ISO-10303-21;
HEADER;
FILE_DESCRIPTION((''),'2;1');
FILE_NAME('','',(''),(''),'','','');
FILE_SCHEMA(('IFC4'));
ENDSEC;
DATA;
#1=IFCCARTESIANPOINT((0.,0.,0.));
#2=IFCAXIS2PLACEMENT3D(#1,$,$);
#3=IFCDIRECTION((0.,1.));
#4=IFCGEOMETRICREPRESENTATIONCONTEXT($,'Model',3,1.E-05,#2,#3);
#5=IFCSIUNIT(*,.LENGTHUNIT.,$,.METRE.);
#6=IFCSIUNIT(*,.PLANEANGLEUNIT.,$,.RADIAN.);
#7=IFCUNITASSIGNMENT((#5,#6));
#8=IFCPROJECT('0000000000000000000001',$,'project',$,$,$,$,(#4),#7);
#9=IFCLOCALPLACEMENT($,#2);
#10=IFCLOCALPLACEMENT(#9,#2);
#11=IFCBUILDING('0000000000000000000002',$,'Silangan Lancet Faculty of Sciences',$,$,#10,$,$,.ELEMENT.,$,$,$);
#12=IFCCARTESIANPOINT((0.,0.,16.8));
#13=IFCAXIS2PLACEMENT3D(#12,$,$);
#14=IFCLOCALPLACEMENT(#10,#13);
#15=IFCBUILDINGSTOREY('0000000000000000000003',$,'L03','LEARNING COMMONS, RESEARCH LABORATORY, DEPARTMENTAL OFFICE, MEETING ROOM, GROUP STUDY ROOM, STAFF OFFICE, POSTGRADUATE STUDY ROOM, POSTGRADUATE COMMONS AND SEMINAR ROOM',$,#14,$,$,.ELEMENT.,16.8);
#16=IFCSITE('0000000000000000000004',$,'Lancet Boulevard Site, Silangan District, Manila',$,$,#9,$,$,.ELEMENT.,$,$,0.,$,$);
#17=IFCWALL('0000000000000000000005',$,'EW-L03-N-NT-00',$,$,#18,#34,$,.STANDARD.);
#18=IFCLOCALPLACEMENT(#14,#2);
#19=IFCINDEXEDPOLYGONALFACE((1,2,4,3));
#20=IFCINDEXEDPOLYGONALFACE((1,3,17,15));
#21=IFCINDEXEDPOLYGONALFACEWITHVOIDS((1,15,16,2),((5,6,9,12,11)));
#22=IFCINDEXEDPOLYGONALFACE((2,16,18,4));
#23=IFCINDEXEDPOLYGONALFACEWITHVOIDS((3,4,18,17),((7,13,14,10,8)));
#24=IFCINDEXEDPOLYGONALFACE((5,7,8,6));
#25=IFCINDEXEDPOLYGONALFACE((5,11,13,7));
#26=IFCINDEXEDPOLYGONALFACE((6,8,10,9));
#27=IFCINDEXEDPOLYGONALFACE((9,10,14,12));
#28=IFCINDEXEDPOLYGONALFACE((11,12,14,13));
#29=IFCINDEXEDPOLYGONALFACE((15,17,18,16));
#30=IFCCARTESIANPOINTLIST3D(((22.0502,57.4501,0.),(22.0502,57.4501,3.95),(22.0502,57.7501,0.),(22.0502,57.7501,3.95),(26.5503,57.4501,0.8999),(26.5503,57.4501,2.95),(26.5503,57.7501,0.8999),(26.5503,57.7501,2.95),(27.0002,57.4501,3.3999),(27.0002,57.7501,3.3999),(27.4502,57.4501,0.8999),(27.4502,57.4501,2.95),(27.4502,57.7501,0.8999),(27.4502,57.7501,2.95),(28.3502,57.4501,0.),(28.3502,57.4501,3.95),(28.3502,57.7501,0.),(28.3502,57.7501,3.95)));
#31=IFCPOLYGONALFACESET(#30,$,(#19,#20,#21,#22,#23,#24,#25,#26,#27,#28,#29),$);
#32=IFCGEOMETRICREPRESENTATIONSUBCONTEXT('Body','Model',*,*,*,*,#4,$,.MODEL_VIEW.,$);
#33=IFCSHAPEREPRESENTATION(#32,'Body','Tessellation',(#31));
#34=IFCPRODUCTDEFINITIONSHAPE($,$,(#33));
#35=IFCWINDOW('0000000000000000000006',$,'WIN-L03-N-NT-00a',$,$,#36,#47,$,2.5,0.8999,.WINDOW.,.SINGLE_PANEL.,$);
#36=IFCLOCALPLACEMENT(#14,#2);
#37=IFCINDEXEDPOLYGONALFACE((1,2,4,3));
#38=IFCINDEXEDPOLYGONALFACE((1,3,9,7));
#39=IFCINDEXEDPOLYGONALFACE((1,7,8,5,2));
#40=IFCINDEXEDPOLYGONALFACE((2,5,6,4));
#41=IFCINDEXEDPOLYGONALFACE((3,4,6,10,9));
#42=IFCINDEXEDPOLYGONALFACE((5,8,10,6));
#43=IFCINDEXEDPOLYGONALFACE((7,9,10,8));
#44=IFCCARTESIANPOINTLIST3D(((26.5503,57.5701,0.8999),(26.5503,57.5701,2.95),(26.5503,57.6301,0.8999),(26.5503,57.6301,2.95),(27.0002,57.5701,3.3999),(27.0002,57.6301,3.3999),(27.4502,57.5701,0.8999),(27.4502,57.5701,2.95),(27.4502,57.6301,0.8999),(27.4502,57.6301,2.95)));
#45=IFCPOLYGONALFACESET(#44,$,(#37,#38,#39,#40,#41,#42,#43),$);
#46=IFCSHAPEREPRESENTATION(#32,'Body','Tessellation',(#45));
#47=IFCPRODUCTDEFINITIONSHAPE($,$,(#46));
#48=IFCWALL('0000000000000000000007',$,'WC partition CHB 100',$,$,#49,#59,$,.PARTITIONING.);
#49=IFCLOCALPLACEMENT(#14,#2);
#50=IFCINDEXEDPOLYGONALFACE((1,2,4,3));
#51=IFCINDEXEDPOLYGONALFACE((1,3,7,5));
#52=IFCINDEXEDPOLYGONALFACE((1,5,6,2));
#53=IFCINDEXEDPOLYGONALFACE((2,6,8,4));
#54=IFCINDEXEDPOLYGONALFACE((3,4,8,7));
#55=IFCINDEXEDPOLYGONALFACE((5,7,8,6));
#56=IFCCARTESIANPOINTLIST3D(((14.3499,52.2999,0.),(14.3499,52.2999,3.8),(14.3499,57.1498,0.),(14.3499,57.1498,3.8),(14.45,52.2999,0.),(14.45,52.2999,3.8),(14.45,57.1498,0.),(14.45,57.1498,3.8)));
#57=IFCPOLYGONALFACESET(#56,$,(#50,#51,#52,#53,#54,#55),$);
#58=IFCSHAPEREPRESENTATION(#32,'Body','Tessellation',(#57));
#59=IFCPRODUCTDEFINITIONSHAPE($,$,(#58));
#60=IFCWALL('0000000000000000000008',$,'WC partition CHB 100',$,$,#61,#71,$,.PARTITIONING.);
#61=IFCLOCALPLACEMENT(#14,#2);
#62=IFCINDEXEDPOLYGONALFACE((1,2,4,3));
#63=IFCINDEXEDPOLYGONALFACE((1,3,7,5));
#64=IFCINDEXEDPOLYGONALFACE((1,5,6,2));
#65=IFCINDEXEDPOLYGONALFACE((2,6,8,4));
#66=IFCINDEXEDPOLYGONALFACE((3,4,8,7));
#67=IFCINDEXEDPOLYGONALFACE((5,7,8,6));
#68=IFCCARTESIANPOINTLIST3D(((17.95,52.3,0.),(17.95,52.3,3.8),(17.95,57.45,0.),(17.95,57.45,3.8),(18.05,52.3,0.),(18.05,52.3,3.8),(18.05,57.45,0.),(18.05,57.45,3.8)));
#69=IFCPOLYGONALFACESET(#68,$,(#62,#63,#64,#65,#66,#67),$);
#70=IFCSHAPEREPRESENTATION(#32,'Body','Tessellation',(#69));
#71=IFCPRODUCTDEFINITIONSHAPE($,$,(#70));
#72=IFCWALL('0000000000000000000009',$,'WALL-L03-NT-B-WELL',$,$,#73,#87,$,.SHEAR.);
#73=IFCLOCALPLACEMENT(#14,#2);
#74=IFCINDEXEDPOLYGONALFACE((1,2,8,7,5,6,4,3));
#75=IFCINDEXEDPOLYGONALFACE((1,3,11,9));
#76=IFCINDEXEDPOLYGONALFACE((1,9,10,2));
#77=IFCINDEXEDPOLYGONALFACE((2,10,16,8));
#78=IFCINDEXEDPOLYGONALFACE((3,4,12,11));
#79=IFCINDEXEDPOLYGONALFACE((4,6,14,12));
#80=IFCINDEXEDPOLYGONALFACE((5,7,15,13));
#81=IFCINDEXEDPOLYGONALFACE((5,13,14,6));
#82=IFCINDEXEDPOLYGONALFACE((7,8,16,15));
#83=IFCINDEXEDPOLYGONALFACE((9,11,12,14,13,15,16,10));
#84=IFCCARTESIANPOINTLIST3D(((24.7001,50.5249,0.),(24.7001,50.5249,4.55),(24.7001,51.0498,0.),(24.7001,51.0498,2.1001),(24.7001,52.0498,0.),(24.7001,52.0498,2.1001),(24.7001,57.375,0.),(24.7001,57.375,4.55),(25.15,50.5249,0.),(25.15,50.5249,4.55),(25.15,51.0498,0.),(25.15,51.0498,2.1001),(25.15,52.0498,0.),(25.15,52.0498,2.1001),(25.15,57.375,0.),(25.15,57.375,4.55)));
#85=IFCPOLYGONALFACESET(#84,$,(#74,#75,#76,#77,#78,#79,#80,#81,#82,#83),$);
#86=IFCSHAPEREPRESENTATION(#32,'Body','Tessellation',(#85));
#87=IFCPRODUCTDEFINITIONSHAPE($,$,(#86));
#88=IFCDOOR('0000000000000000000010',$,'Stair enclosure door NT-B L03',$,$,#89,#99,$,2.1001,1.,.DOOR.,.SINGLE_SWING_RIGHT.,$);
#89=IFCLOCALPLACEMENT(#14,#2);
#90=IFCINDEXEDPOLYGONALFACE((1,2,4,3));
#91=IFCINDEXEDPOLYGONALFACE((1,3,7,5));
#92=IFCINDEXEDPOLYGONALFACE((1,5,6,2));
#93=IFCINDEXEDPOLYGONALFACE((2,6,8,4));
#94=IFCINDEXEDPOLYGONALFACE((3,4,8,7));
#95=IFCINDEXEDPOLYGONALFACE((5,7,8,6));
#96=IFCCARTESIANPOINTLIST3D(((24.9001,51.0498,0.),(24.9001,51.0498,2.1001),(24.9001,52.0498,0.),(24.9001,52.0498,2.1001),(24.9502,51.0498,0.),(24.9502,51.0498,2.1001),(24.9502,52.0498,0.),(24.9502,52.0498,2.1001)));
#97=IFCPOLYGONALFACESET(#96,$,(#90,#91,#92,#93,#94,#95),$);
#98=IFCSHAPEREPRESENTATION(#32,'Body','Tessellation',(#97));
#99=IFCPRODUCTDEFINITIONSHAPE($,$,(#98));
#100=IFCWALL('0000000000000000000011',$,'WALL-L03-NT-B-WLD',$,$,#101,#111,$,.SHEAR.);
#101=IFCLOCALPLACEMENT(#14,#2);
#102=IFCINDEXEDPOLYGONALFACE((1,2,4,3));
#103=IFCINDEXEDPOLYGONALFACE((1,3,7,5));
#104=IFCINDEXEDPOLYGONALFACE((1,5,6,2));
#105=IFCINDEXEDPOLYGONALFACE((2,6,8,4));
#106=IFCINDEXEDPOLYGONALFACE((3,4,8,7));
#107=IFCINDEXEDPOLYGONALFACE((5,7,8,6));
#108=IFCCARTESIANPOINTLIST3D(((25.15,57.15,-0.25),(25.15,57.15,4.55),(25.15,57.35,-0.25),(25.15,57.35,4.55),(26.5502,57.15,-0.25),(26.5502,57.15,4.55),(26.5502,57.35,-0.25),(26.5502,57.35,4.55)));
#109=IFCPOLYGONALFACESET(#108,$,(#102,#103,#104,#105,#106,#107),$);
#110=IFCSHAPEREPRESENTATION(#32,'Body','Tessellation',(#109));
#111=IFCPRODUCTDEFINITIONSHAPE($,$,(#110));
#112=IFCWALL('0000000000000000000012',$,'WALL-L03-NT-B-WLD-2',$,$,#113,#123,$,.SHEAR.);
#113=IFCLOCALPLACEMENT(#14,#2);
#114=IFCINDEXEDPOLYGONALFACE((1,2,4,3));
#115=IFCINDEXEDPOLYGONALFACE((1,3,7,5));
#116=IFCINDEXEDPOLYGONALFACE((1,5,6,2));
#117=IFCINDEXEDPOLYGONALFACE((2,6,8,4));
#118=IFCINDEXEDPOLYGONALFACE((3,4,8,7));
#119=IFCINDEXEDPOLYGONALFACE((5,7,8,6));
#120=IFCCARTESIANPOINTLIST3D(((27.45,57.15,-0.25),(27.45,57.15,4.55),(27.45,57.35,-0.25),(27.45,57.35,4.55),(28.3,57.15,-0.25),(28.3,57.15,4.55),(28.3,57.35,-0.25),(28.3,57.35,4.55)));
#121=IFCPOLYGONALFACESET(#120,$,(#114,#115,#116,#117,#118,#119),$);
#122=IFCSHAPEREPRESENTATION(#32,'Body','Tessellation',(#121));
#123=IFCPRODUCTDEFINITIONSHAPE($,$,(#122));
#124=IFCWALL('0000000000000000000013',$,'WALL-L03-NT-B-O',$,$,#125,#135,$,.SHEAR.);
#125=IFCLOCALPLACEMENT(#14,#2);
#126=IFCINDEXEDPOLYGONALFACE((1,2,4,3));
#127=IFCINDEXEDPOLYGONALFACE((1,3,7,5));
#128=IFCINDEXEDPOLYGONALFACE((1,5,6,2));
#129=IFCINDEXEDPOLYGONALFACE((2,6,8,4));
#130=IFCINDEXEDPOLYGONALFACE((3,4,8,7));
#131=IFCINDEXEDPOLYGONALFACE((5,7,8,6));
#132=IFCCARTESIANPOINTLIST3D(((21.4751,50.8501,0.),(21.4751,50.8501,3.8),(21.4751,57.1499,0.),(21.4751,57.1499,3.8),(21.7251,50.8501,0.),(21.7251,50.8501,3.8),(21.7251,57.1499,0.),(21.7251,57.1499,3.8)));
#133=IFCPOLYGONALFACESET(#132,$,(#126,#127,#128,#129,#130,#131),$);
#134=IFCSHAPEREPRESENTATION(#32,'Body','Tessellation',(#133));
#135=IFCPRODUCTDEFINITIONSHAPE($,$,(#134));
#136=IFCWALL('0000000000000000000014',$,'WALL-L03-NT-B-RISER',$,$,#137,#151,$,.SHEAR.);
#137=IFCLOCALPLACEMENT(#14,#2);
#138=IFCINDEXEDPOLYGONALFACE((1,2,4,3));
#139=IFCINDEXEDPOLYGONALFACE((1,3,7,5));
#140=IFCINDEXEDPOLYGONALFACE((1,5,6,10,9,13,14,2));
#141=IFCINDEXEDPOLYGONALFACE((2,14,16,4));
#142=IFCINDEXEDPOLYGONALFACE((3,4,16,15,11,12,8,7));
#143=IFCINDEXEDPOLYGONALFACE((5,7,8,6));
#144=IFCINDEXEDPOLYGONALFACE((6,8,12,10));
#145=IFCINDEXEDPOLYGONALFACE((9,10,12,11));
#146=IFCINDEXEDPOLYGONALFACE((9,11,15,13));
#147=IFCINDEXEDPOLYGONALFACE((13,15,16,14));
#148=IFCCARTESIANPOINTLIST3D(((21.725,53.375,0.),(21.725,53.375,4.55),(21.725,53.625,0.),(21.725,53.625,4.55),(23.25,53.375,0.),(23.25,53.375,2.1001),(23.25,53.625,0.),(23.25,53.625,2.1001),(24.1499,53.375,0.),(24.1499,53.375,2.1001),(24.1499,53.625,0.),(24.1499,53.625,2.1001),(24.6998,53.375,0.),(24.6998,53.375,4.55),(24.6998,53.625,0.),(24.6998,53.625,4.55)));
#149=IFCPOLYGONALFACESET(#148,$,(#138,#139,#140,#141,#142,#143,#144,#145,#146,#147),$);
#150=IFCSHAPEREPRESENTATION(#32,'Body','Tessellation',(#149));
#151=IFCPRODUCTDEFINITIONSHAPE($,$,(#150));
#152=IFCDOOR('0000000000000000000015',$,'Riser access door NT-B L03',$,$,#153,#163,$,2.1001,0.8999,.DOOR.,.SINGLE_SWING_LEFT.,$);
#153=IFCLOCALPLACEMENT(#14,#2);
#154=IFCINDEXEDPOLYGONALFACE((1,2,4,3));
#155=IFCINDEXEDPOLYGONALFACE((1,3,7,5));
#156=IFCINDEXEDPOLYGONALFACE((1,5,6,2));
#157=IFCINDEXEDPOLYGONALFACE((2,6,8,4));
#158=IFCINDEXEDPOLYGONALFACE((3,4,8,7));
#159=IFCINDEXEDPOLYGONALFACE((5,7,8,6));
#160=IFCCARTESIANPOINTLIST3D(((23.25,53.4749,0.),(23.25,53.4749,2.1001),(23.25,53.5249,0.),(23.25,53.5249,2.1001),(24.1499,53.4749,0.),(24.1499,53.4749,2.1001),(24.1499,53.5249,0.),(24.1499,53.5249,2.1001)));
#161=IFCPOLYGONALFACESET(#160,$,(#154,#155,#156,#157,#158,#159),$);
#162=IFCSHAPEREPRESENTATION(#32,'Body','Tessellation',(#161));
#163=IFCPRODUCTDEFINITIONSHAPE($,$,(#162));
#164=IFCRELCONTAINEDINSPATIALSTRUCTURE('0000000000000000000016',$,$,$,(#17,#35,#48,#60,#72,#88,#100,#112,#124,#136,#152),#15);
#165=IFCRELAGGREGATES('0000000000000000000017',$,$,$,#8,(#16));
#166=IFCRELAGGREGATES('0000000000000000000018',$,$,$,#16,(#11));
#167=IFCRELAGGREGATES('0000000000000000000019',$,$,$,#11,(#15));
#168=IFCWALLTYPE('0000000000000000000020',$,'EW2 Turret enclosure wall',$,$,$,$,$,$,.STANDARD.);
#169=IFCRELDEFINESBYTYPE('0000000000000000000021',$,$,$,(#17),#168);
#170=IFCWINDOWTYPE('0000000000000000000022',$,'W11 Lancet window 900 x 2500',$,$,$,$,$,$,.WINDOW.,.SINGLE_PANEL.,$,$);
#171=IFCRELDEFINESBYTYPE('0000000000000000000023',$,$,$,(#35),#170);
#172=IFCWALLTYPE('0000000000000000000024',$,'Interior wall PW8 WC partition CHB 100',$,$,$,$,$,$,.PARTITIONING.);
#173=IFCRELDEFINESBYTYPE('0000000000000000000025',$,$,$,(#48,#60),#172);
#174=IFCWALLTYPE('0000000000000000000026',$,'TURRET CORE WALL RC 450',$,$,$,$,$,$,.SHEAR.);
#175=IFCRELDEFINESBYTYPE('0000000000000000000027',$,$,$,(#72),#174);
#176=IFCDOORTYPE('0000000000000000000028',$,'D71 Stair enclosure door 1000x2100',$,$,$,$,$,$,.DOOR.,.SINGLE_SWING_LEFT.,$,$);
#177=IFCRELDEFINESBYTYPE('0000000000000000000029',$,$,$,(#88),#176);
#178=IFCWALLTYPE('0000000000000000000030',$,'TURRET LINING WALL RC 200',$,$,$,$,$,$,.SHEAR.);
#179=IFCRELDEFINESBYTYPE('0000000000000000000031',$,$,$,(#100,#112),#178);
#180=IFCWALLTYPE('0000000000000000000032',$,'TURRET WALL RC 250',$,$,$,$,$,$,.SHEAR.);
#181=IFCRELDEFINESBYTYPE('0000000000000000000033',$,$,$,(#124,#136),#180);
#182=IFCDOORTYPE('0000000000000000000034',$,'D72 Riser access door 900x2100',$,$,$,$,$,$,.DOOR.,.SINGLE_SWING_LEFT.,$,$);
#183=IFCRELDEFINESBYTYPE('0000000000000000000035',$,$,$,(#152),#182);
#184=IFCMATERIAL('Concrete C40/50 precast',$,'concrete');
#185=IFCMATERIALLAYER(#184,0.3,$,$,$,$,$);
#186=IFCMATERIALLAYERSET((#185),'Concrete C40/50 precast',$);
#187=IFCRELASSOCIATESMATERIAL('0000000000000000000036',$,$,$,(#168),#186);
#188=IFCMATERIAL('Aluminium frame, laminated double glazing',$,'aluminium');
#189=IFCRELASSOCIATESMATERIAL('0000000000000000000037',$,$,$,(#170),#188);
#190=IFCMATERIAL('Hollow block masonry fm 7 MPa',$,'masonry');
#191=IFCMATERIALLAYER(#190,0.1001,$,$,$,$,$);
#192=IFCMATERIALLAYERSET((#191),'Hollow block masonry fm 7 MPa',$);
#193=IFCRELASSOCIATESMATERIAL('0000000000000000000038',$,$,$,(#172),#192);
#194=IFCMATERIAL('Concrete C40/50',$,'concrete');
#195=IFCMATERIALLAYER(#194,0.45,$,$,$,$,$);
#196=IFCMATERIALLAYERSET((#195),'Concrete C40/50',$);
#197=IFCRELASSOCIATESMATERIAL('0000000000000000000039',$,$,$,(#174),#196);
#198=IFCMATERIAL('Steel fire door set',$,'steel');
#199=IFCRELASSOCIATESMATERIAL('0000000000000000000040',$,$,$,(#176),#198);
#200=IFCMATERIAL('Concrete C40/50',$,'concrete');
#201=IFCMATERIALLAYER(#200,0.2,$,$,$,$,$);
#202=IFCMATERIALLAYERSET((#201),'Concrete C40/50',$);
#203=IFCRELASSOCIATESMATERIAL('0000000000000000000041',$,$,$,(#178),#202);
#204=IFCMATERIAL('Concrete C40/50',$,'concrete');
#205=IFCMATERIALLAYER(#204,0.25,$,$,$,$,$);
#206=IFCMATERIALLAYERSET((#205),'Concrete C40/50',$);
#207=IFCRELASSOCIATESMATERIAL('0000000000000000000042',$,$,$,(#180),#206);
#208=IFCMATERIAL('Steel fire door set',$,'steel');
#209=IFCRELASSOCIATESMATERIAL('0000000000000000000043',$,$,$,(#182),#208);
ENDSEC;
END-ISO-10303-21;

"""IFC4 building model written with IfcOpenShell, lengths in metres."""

from ifc_helpers import new_model, si_unit, direction, frame, frame_2d, origin, place, context, subcontext, project, spatial, polyline, rectangle, outline, extrude, material, layer, layer_set, type_object, element, fill, save


model = new_model("IFC4")

# Units and contexts
model_context = context("Model", 3, precision=1e-05, world=origin(), true_north=direction((0.0, 1.0)))
body_context = subcontext(model_context, "Body", "Model", "MODEL_VIEW")
ifc_project = project(units=[si_unit("LENGTHUNIT", "METRE"), si_unit("PLANEANGLEUNIT", "RADIAN")], contexts=[model_context])

# Site, building, storey
site_placement = place(None, origin())
site = spatial("IfcSite", under=ifc_project, at=site_placement, Name="Lancet Boulevard Site, Silangan District, Manila", CompositionType="ELEMENT", RefElevation=0.0)
building_placement = place(site_placement, origin())
building = spatial("IfcBuilding", under=site, at=building_placement, Name="Silangan Lancet Faculty of Sciences", CompositionType="ELEMENT")
storey_placement = place(building_placement, frame((0.0, 0.0, 16.8)))
storey = spatial("IfcBuildingStorey", under=building, at=storey_placement, Name="L03", Description="LEARNING COMMONS, RESEARCH LABORATORY, DEPARTMENTAL OFFICE, MEETING ROOM, GROUP STUDY ROOM, STAFF OFFICE, POSTGRADUATE STUDY ROOM, POSTGRADUATE COMMONS AND SEMINAR ROOM", CompositionType="ELEMENT", Elevation=16.8)

# Wall, opening, window
ifc_material_1 = material(Name="Concrete C40/50 precast", Category="concrete")
ifc_layer_1 = layer(ifc_material_1, 0.3)
ifc_layer_set_1 = layer_set([ifc_layer_1], Name="Concrete C40/50 precast")
wall_type_1 = type_object("IfcWallType", Name="EW2 Turret enclosure wall", PredefinedType="STANDARD", material=ifc_layer_set_1)
wall_1_placement = place(storey_placement, frame((28.3501, 57.6001, 0.0), z_axis=(0.0, 0.0, 1.0), x_axis=(-1.0, 0.0, 0.0)))
wall_1 = element("IfcWall", 1, at=wall_1_placement, inside=storey, type_object=wall_type_1, Name="EW-L03-N-NT-00", PredefinedType="STANDARD", context=body_context, shape_type="SweptSolid", body=[
    extrude(rectangle(XDim=6.3, YDim=0.3, at=frame_2d((3.1499, 0.0))), origin(), (0.0, 0.0, 1.0), 3.95),
])
opening_1_placement = place(wall_1_placement, frame((0.8999, 0.0, 0.8999)))
opening_1 = element("IfcOpeningElement", 2, at=opening_1_placement, cuts=wall_1, PredefinedType="OPENING", context=body_context, shape_type="SweptSolid", body=[
    extrude(outline(polyline([(0.0, 0.0), (0.8999, 0.0), (0.8999, 2.05), (0.45, 2.5), (0.0, 2.05), (0.0, 0.0)])), frame((0.0, 0.1599, 0.0), z_axis=(0.0, -1.0, 0.0), x_axis=(1.0, 0.0, 0.0)), (0.0, 0.0, 1.0), 0.3201),
])
ifc_material_2 = material(Name="Aluminium frame, laminated double glazing", Category="aluminium")
window_type_1 = type_object("IfcWindowType", Name="W11 Lancet window 900 x 2500", PartitioningType="SINGLE_PANEL", PredefinedType="WINDOW", material=ifc_material_2)
window_1_placement = place(opening_1_placement, origin())
window_1 = element("IfcWindow", 3, at=window_1_placement, inside=storey, type_object=window_type_1, Name="WIN-L03-N-NT-00a", OverallHeight=2.5, OverallWidth=0.8999, PartitioningType="SINGLE_PANEL", PredefinedType="WINDOW", context=body_context, shape_type="SweptSolid", body=[
    extrude(outline(polyline([(0.0, 0.0), (0.8999, 0.0), (0.8999, 2.05), (0.45, 2.5), (0.0, 2.05), (0.0, 0.0)])), frame((0.0, 0.03, 0.0), z_axis=(0.0, -1.0, 0.0), x_axis=(1.0, 0.0, 0.0)), (0.0, 0.0, 1.0), 0.0601),
])
fill(opening_1, window_1)

# Walls
ifc_material_3 = material(Name="Hollow block masonry fm 7 MPa", Category="masonry")
ifc_layer_2 = layer(ifc_material_3, 0.1001)
ifc_layer_set_2 = layer_set([ifc_layer_2], Name="Hollow block masonry fm 7 MPa")
wall_type_2 = type_object("IfcWallType", Name="Interior wall PW8 WC partition CHB 100", PredefinedType="PARTITIONING", material=ifc_layer_set_2)
wall_2_placement = place(storey_placement, frame((14.3999, 52.3, 0.0), z_axis=(0.0, 0.0, 1.0), x_axis=(0.0, 1.0, 0.0)))
element("IfcWall", 4, at=wall_2_placement, inside=storey, type_object=wall_type_2, Name="WC partition CHB 100", PredefinedType="PARTITIONING", context=body_context, shape_type="SweptSolid", body=[
    extrude(rectangle(XDim=4.8499, YDim=0.1001, at=frame_2d((2.4248, 0.0))), origin(), (0.0, 0.0, 1.0), 3.8),
])
wall_3_placement = place(storey_placement, frame((18.0, 52.3, 0.0), z_axis=(0.0, 0.0, 1.0), x_axis=(0.0, 1.0, 0.0)))
element("IfcWall", 5, at=wall_3_placement, inside=storey, type_object=wall_type_2, Name="WC partition CHB 100", PredefinedType="PARTITIONING", context=body_context, shape_type="SweptSolid", body=[
    extrude(rectangle(XDim=5.1499, YDim=0.1001, at=frame_2d((2.575, 0.0))), origin(), (0.0, 0.0, 1.0), 3.8),
])

# Wall, opening, door
ifc_material_4 = material(Name="Concrete C40/50", Category="concrete")
ifc_layer_3 = layer(ifc_material_4, 0.45)
ifc_layer_set_3 = layer_set([ifc_layer_3], Name="Concrete C40/50")
wall_type_3 = type_object("IfcWallType", Name="TURRET CORE WALL RC 450", PredefinedType="SHEAR", material=ifc_layer_set_3)
wall_4_placement = place(storey_placement, frame((24.925, 50.5249, 0.0), z_axis=(0.0, 0.0, 1.0), x_axis=(0.0, 1.0, 0.0)))
wall_4 = element("IfcWall", 6, at=wall_4_placement, inside=storey, type_object=wall_type_3, Name="WALL-L03-NT-B-WELL", PredefinedType="SHEAR", context=body_context, shape_type="SweptSolid", body=[
    extrude(rectangle(XDim=6.8501, YDim=0.45, at=frame_2d((3.425, 0.0))), origin(), (0.0, 0.0, 1.0), 4.55),
])
opening_2_placement = place(wall_4_placement, frame((0.5249, 0.0, 0.0)))
opening_2 = element("IfcOpeningElement", 7, at=opening_2_placement, cuts=wall_4, PredefinedType="OPENING", context=body_context, shape_type="SweptSolid", body=[
    extrude(rectangle(XDim=1.0, YDim=2.1001, at=frame_2d((0.5, 1.05))), frame((0.0, 0.2349, 0.0), z_axis=(0.0, -1.0, 0.0), x_axis=(1.0, 0.0, 0.0)), (0.0, 0.0, 1.0), 0.47),
])
ifc_material_5 = material(Name="Steel fire door set", Category="steel")
door_type_1 = type_object("IfcDoorType", Name="D71 Stair enclosure door 1000x2100", OperationType="SINGLE_SWING_LEFT", PredefinedType="DOOR", material=ifc_material_5)
door_1_placement = place(opening_2_placement, frame((1.0, 0.0, 0.0), z_axis=(0.0, 0.0, 1.0), x_axis=(-1.0, 0.0, 0.0)))
door_1 = element("IfcDoor", 8, at=door_1_placement, inside=storey, type_object=door_type_1, Name="Stair enclosure door NT-B L03", OperationType="SINGLE_SWING_RIGHT", OverallHeight=2.1001, OverallWidth=1.0, PredefinedType="DOOR", context=body_context, shape_type="SweptSolid", body=[
    extrude(rectangle(XDim=1.0, YDim=2.1001, at=frame_2d((0.5, 1.05))), frame((0.0, 0.0251, 0.0), z_axis=(0.0, -1.0, 0.0), x_axis=(1.0, 0.0, 0.0)), (0.0, 0.0, 1.0), 0.05),
])
fill(opening_2, door_1)

# Walls
ifc_material_6 = material(Name="Concrete C40/50", Category="concrete")
ifc_layer_4 = layer(ifc_material_6, 0.2)
ifc_layer_set_4 = layer_set([ifc_layer_4], Name="Concrete C40/50")
wall_type_4 = type_object("IfcWallType", Name="TURRET LINING WALL RC 200", PredefinedType="SHEAR", material=ifc_layer_set_4)
wall_5_placement = place(storey_placement, frame((25.1499, 57.25, -0.25), z_axis=(0.0, 0.0, 1.0), x_axis=(1.0, 0.0, 0.0)))
element("IfcWall", 9, at=wall_5_placement, inside=storey, type_object=wall_type_4, Name="WALL-L03-NT-B-WLD", PredefinedType="SHEAR", context=body_context, shape_type="SweptSolid", body=[
    extrude(rectangle(XDim=1.4001, YDim=0.2, at=frame_2d((0.7002, 0.0))), origin(), (0.0, 0.0, 1.0), 4.8),
])
wall_6_placement = place(storey_placement, frame((27.45, 57.25, -0.25), z_axis=(0.0, 0.0, 1.0), x_axis=(1.0, 0.0, 0.0)))
element("IfcWall", 10, at=wall_6_placement, inside=storey, type_object=wall_type_4, Name="WALL-L03-NT-B-WLD-2", PredefinedType="SHEAR", context=body_context, shape_type="SweptSolid", body=[
    extrude(rectangle(XDim=0.8501, YDim=0.2, at=frame_2d((0.425, 0.0))), origin(), (0.0, 0.0, 1.0), 4.8),
])
ifc_material_7 = material(Name="Concrete C40/50", Category="concrete")
ifc_layer_5 = layer(ifc_material_7, 0.25)
ifc_layer_set_5 = layer_set([ifc_layer_5], Name="Concrete C40/50")
wall_type_5 = type_object("IfcWallType", Name="TURRET WALL RC 250", PredefinedType="SHEAR", material=ifc_layer_set_5)
wall_7_placement = place(storey_placement, frame((21.6001, 50.8501, 0.0), z_axis=(0.0, 0.0, 1.0), x_axis=(0.0, 1.0, 0.0)))
element("IfcWall", 11, at=wall_7_placement, inside=storey, type_object=wall_type_5, Name="WALL-L03-NT-B-O", PredefinedType="SHEAR", context=body_context, shape_type="SweptSolid", body=[
    extrude(rectangle(XDim=6.2998, YDim=0.25, at=frame_2d((3.1499, 0.0))), origin(), (0.0, 0.0, 1.0), 3.8),
])

# Wall, opening, door
wall_8_placement = place(storey_placement, frame((21.7251, 53.5, 0.0), z_axis=(0.0, 0.0, 1.0), x_axis=(1.0, 0.0, 0.0)))
wall_8 = element("IfcWall", 12, at=wall_8_placement, inside=storey, type_object=wall_type_5, Name="WALL-L03-NT-B-RISER", PredefinedType="SHEAR", context=body_context, shape_type="SweptSolid", body=[
    extrude(rectangle(XDim=2.9749, YDim=0.25, at=frame_2d((1.4873, 0.0))), origin(), (0.0, 0.0, 1.0), 4.55),
])
opening_3_placement = place(wall_8_placement, frame((1.5249, 0.0, 0.0)))
opening_3 = element("IfcOpeningElement", 13, at=opening_3_placement, cuts=wall_8, PredefinedType="OPENING", context=body_context, shape_type="SweptSolid", body=[
    extrude(rectangle(XDim=0.8999, YDim=2.1001, at=frame_2d((0.45, 1.05))), frame((0.0, 0.135, 0.0), z_axis=(0.0, -1.0, 0.0), x_axis=(1.0, 0.0, 0.0)), (0.0, 0.0, 1.0), 0.27),
])
ifc_material_8 = material(Name="Steel fire door set", Category="steel")
door_type_2 = type_object("IfcDoorType", Name="D72 Riser access door 900x2100", OperationType="SINGLE_SWING_LEFT", PredefinedType="DOOR", material=ifc_material_8)
door_2_placement = place(opening_3_placement, origin())
door_2 = element("IfcDoor", 14, at=door_2_placement, inside=storey, type_object=door_type_2, Name="Riser access door NT-B L03", OperationType="SINGLE_SWING_LEFT", OverallHeight=2.1001, OverallWidth=0.8999, PredefinedType="DOOR", context=body_context, shape_type="SweptSolid", body=[
    extrude(rectangle(XDim=0.8999, YDim=2.1001, at=frame_2d((0.45, 1.05))), frame((0.0, 0.0249, 0.0), z_axis=(0.0, -1.0, 0.0), x_axis=(1.0, 0.0, 0.0)), (0.0, 0.0, 1.0), 0.05),
])
fill(opening_3, door_2)

save(model, "model.ifc")
